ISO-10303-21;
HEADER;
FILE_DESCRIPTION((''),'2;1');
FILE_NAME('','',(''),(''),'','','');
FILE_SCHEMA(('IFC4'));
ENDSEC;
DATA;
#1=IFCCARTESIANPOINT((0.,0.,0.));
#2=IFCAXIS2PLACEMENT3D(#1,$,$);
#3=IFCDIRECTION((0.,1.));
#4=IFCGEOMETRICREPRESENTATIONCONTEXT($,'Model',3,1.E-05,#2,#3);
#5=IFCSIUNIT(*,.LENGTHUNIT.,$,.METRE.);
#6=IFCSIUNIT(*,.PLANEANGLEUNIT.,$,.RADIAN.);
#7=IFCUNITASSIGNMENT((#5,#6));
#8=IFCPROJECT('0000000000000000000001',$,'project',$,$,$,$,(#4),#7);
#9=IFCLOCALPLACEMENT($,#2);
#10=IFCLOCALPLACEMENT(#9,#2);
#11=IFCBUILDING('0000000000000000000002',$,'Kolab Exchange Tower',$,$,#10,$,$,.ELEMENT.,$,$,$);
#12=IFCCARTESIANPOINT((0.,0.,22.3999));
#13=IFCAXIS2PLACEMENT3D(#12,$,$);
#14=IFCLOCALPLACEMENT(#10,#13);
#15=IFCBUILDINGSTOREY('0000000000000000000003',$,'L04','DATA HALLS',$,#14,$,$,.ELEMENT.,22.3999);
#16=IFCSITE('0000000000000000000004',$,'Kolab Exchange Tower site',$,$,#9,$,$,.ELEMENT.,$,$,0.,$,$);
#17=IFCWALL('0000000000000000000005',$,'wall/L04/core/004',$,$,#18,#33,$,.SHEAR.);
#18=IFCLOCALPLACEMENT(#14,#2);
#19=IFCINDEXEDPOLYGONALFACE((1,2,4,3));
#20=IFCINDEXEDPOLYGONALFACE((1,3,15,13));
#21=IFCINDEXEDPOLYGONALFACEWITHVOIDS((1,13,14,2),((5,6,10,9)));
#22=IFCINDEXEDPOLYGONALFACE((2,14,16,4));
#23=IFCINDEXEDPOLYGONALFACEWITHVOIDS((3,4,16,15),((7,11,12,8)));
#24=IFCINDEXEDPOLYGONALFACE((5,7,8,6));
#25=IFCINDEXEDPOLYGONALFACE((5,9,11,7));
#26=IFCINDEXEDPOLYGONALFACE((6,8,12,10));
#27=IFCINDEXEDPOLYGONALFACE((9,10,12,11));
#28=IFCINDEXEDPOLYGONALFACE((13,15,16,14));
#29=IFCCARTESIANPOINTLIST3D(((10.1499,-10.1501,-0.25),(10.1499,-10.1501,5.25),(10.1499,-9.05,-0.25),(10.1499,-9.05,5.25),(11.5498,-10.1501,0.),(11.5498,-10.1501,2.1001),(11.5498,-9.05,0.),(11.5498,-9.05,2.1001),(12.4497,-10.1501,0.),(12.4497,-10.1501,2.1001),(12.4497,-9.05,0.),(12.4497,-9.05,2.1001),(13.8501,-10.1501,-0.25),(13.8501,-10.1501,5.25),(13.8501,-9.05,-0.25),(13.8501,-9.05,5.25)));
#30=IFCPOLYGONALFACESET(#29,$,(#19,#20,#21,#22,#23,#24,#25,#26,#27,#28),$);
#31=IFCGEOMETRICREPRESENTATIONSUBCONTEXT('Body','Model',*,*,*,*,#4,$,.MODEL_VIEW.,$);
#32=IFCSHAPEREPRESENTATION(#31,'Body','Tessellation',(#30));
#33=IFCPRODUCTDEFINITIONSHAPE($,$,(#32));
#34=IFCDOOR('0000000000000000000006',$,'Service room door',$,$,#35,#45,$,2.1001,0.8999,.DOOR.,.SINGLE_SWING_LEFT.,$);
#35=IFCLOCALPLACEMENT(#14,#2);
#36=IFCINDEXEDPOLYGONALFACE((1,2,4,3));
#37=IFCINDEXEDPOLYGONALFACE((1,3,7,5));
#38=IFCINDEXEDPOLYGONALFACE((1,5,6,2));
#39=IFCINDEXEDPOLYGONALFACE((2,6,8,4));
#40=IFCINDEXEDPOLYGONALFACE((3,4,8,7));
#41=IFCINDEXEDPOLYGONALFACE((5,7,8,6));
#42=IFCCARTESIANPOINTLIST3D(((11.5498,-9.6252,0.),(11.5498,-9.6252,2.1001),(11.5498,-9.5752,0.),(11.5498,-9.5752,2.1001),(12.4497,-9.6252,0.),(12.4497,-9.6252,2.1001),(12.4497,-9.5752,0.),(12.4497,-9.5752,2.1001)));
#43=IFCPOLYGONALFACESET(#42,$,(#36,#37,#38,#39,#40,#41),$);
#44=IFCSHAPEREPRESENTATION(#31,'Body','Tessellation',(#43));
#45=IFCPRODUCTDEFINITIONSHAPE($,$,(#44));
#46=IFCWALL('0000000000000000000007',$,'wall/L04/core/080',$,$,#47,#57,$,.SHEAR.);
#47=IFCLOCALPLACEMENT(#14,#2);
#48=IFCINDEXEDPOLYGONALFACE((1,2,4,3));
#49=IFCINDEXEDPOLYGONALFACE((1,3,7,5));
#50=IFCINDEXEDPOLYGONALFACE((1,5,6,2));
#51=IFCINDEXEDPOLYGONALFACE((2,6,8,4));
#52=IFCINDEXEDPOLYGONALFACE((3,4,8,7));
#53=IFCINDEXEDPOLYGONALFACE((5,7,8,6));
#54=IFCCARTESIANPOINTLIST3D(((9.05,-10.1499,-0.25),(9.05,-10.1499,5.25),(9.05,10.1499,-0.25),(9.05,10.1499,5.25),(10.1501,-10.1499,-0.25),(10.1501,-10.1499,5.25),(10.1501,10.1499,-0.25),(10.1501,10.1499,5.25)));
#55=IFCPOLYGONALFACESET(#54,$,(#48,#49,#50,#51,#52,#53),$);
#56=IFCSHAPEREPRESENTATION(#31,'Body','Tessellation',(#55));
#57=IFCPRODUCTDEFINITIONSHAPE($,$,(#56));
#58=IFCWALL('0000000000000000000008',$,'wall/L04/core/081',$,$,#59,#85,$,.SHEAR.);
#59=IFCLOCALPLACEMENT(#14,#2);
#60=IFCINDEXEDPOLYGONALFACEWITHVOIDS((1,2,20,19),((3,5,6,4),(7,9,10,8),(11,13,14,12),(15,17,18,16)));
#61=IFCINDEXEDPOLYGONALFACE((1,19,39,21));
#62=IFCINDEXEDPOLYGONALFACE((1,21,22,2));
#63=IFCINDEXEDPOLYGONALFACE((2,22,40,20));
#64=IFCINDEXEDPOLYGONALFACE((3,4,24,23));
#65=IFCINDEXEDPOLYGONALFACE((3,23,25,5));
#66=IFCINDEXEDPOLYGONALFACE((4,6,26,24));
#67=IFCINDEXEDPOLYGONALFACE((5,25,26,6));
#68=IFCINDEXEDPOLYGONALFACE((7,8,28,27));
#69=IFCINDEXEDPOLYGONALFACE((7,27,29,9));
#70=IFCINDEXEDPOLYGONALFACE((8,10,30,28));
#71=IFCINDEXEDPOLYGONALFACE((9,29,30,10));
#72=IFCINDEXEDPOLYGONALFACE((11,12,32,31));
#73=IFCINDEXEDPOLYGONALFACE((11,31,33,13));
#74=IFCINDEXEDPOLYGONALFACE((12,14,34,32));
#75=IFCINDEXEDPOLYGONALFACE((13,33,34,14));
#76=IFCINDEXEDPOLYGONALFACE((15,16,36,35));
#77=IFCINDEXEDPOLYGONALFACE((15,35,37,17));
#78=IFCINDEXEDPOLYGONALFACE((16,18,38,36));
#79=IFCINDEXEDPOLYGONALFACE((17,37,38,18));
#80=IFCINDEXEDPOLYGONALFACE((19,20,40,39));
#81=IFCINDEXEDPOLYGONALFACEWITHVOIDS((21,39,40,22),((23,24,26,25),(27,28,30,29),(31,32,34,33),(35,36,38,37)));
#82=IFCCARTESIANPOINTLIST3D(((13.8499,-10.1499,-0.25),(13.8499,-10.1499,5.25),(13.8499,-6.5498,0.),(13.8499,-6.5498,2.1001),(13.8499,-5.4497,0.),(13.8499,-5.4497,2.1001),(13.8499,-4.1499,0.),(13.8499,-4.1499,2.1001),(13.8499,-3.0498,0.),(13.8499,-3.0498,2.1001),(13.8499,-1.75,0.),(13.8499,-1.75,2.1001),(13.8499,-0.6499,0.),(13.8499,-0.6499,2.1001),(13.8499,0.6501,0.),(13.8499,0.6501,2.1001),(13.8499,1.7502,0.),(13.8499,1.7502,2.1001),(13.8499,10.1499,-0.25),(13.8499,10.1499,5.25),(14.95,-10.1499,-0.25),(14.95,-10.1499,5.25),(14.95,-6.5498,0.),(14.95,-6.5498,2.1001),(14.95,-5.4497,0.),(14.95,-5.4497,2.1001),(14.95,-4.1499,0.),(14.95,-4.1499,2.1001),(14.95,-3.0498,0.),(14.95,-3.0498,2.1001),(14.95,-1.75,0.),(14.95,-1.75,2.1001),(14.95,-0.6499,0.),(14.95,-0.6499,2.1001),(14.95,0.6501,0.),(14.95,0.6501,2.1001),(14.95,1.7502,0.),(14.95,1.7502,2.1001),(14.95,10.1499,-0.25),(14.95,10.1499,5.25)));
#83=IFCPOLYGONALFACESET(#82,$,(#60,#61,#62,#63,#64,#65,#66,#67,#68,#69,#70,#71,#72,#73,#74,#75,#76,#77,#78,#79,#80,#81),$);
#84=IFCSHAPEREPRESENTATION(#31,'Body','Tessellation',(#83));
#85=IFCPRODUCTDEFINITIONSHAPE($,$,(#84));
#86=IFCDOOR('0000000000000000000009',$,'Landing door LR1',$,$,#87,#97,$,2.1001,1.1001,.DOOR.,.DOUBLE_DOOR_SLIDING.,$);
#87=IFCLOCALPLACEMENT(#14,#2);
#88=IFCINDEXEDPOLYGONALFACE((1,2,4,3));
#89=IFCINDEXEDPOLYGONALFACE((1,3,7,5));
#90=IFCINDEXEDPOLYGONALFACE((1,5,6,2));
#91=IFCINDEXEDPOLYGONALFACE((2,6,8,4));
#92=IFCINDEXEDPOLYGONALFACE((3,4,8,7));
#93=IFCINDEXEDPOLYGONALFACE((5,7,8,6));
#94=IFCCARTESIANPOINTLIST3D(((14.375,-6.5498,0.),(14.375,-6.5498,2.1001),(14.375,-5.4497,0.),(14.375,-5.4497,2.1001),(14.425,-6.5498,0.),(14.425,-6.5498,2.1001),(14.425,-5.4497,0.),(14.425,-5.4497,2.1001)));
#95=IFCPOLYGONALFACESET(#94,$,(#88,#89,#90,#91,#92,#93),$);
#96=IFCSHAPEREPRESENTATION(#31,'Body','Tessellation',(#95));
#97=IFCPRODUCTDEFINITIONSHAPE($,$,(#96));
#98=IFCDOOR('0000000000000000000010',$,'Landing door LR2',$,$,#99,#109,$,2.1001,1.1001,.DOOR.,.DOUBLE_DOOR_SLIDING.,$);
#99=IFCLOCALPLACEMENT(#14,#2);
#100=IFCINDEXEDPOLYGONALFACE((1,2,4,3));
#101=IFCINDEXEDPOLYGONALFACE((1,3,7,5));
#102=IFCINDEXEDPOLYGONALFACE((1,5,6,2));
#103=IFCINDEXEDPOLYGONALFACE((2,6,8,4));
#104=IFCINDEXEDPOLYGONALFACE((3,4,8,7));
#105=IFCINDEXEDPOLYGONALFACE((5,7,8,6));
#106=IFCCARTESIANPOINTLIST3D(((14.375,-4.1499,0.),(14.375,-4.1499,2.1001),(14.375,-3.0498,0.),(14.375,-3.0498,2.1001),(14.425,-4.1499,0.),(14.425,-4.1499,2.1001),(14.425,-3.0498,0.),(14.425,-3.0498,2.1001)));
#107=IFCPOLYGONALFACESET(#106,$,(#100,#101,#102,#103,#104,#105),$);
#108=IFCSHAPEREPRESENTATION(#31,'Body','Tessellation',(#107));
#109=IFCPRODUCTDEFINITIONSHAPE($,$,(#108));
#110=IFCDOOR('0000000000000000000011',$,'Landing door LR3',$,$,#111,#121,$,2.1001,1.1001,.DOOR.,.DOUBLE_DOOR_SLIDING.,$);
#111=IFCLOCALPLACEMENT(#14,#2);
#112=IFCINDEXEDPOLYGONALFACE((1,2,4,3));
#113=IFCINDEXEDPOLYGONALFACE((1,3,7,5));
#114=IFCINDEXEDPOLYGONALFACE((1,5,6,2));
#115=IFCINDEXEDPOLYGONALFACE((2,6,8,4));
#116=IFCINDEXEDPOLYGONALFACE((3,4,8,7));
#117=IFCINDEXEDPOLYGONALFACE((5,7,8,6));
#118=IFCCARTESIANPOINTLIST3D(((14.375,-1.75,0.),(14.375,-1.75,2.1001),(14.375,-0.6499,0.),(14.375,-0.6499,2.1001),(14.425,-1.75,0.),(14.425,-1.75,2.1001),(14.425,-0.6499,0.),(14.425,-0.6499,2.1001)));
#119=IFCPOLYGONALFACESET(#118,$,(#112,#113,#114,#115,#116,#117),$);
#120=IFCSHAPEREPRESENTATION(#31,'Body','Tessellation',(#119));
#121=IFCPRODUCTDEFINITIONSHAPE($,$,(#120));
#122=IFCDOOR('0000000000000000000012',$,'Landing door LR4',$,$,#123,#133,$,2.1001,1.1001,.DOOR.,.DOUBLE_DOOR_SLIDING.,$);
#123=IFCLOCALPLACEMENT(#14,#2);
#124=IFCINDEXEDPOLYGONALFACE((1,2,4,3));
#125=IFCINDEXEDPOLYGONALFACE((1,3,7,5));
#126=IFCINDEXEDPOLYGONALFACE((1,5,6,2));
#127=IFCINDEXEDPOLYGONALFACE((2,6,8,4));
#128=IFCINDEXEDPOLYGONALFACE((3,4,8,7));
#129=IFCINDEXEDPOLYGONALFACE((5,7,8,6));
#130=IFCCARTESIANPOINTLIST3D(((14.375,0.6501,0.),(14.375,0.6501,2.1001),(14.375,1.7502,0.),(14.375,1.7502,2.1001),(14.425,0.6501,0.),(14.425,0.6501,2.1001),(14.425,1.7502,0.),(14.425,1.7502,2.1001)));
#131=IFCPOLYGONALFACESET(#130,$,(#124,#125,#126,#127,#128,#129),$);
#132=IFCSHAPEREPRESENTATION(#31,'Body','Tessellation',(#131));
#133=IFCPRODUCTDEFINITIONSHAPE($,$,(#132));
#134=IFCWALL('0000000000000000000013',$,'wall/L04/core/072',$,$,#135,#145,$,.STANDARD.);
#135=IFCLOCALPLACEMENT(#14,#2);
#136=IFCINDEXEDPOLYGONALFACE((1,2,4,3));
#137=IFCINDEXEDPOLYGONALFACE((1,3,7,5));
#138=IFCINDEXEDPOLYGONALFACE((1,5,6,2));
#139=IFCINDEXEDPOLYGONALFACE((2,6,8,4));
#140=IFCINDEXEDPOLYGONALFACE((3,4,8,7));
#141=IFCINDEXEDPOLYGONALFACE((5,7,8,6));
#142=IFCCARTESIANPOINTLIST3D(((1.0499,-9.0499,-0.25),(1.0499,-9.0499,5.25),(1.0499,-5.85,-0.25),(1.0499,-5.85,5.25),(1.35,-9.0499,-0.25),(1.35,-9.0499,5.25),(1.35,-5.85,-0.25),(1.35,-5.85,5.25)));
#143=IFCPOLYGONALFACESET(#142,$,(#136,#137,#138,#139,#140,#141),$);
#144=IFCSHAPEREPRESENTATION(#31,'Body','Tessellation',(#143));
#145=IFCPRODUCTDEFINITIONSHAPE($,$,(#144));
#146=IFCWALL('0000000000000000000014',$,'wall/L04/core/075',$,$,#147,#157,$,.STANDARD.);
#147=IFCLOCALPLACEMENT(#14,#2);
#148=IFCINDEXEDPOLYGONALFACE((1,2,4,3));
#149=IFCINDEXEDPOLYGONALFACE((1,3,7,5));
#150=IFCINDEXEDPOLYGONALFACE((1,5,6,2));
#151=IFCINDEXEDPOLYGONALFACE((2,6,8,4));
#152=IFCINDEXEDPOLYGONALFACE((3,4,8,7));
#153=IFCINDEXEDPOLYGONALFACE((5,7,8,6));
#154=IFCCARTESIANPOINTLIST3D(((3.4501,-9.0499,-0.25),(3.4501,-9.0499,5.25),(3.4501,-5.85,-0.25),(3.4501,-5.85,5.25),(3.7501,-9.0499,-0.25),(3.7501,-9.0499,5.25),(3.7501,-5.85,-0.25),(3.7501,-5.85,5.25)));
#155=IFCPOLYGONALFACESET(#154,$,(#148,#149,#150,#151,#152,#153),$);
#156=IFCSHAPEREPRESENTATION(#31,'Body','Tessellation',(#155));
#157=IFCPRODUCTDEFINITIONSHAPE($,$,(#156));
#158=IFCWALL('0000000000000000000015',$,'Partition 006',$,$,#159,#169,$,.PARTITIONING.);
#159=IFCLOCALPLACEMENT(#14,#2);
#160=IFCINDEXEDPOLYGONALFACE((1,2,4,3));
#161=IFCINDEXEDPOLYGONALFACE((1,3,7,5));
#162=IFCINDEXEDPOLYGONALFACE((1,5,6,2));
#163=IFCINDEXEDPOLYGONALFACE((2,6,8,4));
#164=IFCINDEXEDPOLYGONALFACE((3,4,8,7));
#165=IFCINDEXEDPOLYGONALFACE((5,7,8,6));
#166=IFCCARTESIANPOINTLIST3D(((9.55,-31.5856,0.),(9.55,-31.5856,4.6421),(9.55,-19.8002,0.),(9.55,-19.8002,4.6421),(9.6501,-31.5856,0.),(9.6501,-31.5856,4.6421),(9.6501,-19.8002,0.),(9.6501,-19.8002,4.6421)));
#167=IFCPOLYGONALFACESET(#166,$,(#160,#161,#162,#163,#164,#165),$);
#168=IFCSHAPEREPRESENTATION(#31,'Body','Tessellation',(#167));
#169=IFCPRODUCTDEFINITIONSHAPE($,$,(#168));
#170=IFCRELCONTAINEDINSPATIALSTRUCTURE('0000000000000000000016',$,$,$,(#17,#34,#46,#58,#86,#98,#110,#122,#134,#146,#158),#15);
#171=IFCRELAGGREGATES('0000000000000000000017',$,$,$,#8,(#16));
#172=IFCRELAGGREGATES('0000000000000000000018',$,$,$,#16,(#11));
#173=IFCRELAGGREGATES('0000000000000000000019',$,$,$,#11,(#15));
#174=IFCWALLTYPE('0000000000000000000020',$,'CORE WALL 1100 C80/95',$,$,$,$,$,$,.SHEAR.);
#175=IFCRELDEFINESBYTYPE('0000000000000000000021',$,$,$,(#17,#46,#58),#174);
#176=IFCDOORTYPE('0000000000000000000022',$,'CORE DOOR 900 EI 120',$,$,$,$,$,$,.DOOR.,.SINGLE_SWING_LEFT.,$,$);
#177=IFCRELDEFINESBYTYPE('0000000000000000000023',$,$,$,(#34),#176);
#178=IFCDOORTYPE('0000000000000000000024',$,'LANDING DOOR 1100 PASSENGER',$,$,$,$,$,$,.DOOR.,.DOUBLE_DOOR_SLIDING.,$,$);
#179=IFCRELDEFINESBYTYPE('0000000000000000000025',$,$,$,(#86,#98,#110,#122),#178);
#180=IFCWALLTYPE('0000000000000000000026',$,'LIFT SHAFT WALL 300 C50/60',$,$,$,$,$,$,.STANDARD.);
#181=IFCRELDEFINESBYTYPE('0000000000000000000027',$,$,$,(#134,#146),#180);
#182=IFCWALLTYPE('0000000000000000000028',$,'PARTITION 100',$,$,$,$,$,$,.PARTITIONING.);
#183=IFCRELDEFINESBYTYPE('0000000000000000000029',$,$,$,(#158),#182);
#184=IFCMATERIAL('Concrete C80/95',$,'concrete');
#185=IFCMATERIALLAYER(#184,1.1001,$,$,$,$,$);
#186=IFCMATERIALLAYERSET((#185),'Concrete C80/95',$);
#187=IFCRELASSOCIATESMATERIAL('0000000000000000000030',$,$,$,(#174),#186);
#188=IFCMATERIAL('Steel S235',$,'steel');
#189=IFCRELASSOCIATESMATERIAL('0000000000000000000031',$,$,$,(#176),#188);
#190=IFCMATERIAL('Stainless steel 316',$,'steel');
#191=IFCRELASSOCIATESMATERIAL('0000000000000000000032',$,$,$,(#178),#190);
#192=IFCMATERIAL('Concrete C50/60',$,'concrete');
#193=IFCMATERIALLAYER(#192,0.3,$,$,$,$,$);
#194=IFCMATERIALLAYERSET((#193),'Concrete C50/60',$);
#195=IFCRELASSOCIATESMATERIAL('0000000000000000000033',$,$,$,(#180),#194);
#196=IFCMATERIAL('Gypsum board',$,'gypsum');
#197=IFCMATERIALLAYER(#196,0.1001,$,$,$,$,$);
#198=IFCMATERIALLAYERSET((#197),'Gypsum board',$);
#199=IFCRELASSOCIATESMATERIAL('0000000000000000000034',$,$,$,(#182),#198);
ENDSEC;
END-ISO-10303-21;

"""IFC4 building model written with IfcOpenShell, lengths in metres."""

from ifc_helpers import new_model, si_unit, direction, frame, frame_2d, origin, place, context, subcontext, project, spatial, rectangle, extrude, material, layer, layer_set, type_object, element, fill, save


model = new_model("IFC4")

# Units and contexts
model_context = context("Model", 3, precision=1e-05, world=origin(), true_north=direction((0.0, 1.0)))
body_context = subcontext(model_context, "Body", "Model", "MODEL_VIEW")
ifc_project = project(units=[si_unit("LENGTHUNIT", "METRE"), si_unit("PLANEANGLEUNIT", "RADIAN")], contexts=[model_context])

# Site, building, storey
site_placement = place(None, origin())
site = spatial("IfcSite", under=ifc_project, at=site_placement, Name="Kolab Exchange Tower site", CompositionType="ELEMENT", RefElevation=0.0)
building_placement = place(site_placement, origin())
building = spatial("IfcBuilding", under=site, at=building_placement, Name="Kolab Exchange Tower", CompositionType="ELEMENT")
storey_placement = place(building_placement, frame((0.0, 0.0, 22.3999)))
storey = spatial("IfcBuildingStorey", under=building, at=storey_placement, Name="L04", Description="DATA HALLS", CompositionType="ELEMENT", Elevation=22.3999)

# Shared definitions
ifc_material_1 = material(Name="Concrete C80/95", Category="concrete")

# Wall, opening, door
ifc_layer_1 = layer(ifc_material_1, 1.1001)
ifc_layer_set_1 = layer_set([ifc_layer_1], Name="Concrete C80/95")
wall_type_1 = type_object("IfcWallType", Name="CORE WALL 1100 C80/95", PredefinedType="SHEAR", material=ifc_layer_set_1)
wall_1_placement = place(storey_placement, frame((10.1499, -9.6001, -0.25), z_axis=(0.0, 0.0, 1.0), x_axis=(1.0, 0.0, 0.0)))
wall_1 = element("IfcWall", 1, at=wall_1_placement, inside=storey, type_object=wall_type_1, Name="wall/L04/core/004", PredefinedType="SHEAR", context=body_context, shape_type="SweptSolid", body=[
    extrude(rectangle(XDim=3.7002, YDim=1.1001, at=frame_2d((1.8501, 0.0))), origin(), (0.0, 0.0, 1.0), 5.5),
])
opening_1_placement = place(wall_1_placement, frame((1.3999, 0.0, 0.25)))
opening_1 = element("IfcOpeningElement", 2, at=opening_1_placement, cuts=wall_1, PredefinedType="OPENING", context=body_context, shape_type="SweptSolid", body=[
    extrude(rectangle(XDim=0.8999, YDim=2.1001, at=frame_2d((0.45, 1.05))), frame((0.0, 0.5601, 0.0), z_axis=(0.0, -1.0, 0.0), x_axis=(1.0, 0.0, 0.0)), (0.0, 0.0, 1.0), 1.1201),
])
ifc_material_2 = material(Name="Steel S235", Category="steel")
door_type_1 = type_object("IfcDoorType", Name="CORE DOOR 900 EI 120", OperationType="SINGLE_SWING_LEFT", PredefinedType="DOOR", material=ifc_material_2)
door_1_placement = place(opening_1_placement, origin())
door_1 = element("IfcDoor", 3, at=door_1_placement, inside=storey, type_object=door_type_1, Name="Service room door", OperationType="SINGLE_SWING_LEFT", OverallHeight=2.1001, OverallWidth=0.8999, PredefinedType="DOOR", context=body_context, shape_type="SweptSolid", body=[
    extrude(rectangle(XDim=0.8999, YDim=2.1001, at=frame_2d((0.45, 1.05))), frame((0.0, 0.0249, 0.0), z_axis=(0.0, -1.0, 0.0), x_axis=(1.0, 0.0, 0.0)), (0.0, 0.0, 1.0), 0.05),
])
fill(opening_1, door_1)

# Wall
wall_2_placement = place(storey_placement, frame((9.6001, -10.1499, -0.25), z_axis=(0.0, 0.0, 1.0), x_axis=(0.0, 1.0, 0.0)))
element("IfcWall", 4, at=wall_2_placement, inside=storey, type_object=wall_type_1, Name="wall/L04/core/080", PredefinedType="SHEAR", context=body_context, shape_type="SweptSolid", body=[
    extrude(rectangle(XDim=20.2998, YDim=1.1001, at=frame_2d((10.1499, 0.0))), origin(), (0.0, 0.0, 1.0), 5.5),
])

# Wall, openings, doors
wall_3_placement = place(storey_placement, frame((14.3999, -10.1499, -0.25), z_axis=(0.0, 0.0, 1.0), x_axis=(0.0, 1.0, 0.0)))
wall_3 = element("IfcWall", 5, at=wall_3_placement, inside=storey, type_object=wall_type_1, Name="wall/L04/core/081", PredefinedType="SHEAR", context=body_context, shape_type="SweptSolid", body=[
    extrude(rectangle(XDim=20.2998, YDim=1.1001, at=frame_2d((10.1499, 0.0))), origin(), (0.0, 0.0, 1.0), 5.5),
])
opening_2_placement = place(wall_3_placement, frame((3.6001, 0.0, 0.25)))
opening_2 = element("IfcOpeningElement", 6, at=opening_2_placement, cuts=wall_3, PredefinedType="OPENING", context=body_context, shape_type="SweptSolid", body=[
    extrude(rectangle(XDim=1.1001, YDim=2.1001, at=frame_2d((0.55, 1.05))), frame((0.0, 0.5601, 0.0), z_axis=(0.0, -1.0, 0.0), x_axis=(1.0, 0.0, 0.0)), (0.0, 0.0, 1.0), 1.1201),
])
opening_3_placement = place(wall_3_placement, frame((6.0, 0.0, 0.25)))
opening_3 = element("IfcOpeningElement", 7, at=opening_3_placement, cuts=wall_3, PredefinedType="OPENING", context=body_context, shape_type="SweptSolid", body=[
    extrude(rectangle(XDim=1.1001, YDim=2.1001, at=frame_2d((0.55, 1.05))), frame((0.0, 0.5601, 0.0), z_axis=(0.0, -1.0, 0.0), x_axis=(1.0, 0.0, 0.0)), (0.0, 0.0, 1.0), 1.1201),
])
opening_4_placement = place(wall_3_placement, frame((8.3999, 0.0, 0.25)))
opening_4 = element("IfcOpeningElement", 8, at=opening_4_placement, cuts=wall_3, PredefinedType="OPENING", context=body_context, shape_type="SweptSolid", body=[
    extrude(rectangle(XDim=1.1001, YDim=2.1001, at=frame_2d((0.55, 1.05))), frame((0.0, 0.5601, 0.0), z_axis=(0.0, -1.0, 0.0), x_axis=(1.0, 0.0, 0.0)), (0.0, 0.0, 1.0), 1.1201),
])
opening_5_placement = place(wall_3_placement, frame((10.8, 0.0, 0.25)))
opening_5 = element("IfcOpeningElement", 9, at=opening_5_placement, cuts=wall_3, PredefinedType="OPENING", context=body_context, shape_type="SweptSolid", body=[
    extrude(rectangle(XDim=1.1001, YDim=2.1001, at=frame_2d((0.55, 1.05))), frame((0.0, 0.5601, 0.0), z_axis=(0.0, -1.0, 0.0), x_axis=(1.0, 0.0, 0.0)), (0.0, 0.0, 1.0), 1.1201),
])
ifc_material_3 = material(Name="Stainless steel 316", Category="steel")
door_type_2 = type_object("IfcDoorType", Name="LANDING DOOR 1100 PASSENGER", OperationType="DOUBLE_DOOR_SLIDING", PredefinedType="DOOR", material=ifc_material_3)
door_2_placement = place(opening_2_placement, origin())
door_2 = element("IfcDoor", 10, at=door_2_placement, inside=storey, type_object=door_type_2, Name="Landing door LR1", OperationType="DOUBLE_DOOR_SLIDING", OverallHeight=2.1001, OverallWidth=1.1001, PredefinedType="DOOR", context=body_context, shape_type="SweptSolid", body=[
    extrude(rectangle(XDim=1.1001, YDim=2.1001, at=frame_2d((0.55, 1.05))), frame((0.0, 0.0249, 0.0), z_axis=(0.0, -1.0, 0.0), x_axis=(1.0, 0.0, 0.0)), (0.0, 0.0, 1.0), 0.05),
])
fill(opening_2, door_2)
door_3_placement = place(opening_3_placement, origin())
door_3 = element("IfcDoor", 11, at=door_3_placement, inside=storey, type_object=door_type_2, Name="Landing door LR2", OperationType="DOUBLE_DOOR_SLIDING", OverallHeight=2.1001, OverallWidth=1.1001, PredefinedType="DOOR", context=body_context, shape_type="SweptSolid", body=[
    extrude(rectangle(XDim=1.1001, YDim=2.1001, at=frame_2d((0.55, 1.05))), frame((0.0, 0.0249, 0.0), z_axis=(0.0, -1.0, 0.0), x_axis=(1.0, 0.0, 0.0)), (0.0, 0.0, 1.0), 0.05),
])
fill(opening_3, door_3)
door_4_placement = place(opening_4_placement, origin())
door_4 = element("IfcDoor", 12, at=door_4_placement, inside=storey, type_object=door_type_2, Name="Landing door LR3", OperationType="DOUBLE_DOOR_SLIDING", OverallHeight=2.1001, OverallWidth=1.1001, PredefinedType="DOOR", context=body_context, shape_type="SweptSolid", body=[
    extrude(rectangle(XDim=1.1001, YDim=2.1001, at=frame_2d((0.55, 1.05))), frame((0.0, 0.0249, 0.0), z_axis=(0.0, -1.0, 0.0), x_axis=(1.0, 0.0, 0.0)), (0.0, 0.0, 1.0), 0.05),
])
fill(opening_4, door_4)
door_5_placement = place(opening_5_placement, origin())
door_5 = element("IfcDoor", 13, at=door_5_placement, inside=storey, type_object=door_type_2, Name="Landing door LR4", OperationType="DOUBLE_DOOR_SLIDING", OverallHeight=2.1001, OverallWidth=1.1001, PredefinedType="DOOR", context=body_context, shape_type="SweptSolid", body=[
    extrude(rectangle(XDim=1.1001, YDim=2.1001, at=frame_2d((0.55, 1.05))), frame((0.0, 0.0249, 0.0), z_axis=(0.0, -1.0, 0.0), x_axis=(1.0, 0.0, 0.0)), (0.0, 0.0, 1.0), 0.05),
])
fill(opening_5, door_5)

# Walls
ifc_material_4 = material(Name="Concrete C50/60", Category="concrete")
ifc_layer_2 = layer(ifc_material_4, 0.3)
ifc_layer_set_2 = layer_set([ifc_layer_2], Name="Concrete C50/60")
wall_type_2 = type_object("IfcWallType", Name="LIFT SHAFT WALL 300 C50/60", PredefinedType="STANDARD", material=ifc_layer_set_2)
for number, where, z_axis, x_axis, name in (
    (14, (1.2, -9.05, -0.25), (0.0, 0.0, 1.0), (0.0, 1.0, 0.0), "wall/L04/core/072"),
    (15, (3.6001, -9.05, -0.25), (0.0, 0.0, 1.0), (0.0, 1.0, 0.0), "wall/L04/core/075"),
):
    element("IfcWall", number, at=place(storey_placement, frame(where, z_axis=z_axis, x_axis=x_axis)), inside=storey, type_object=wall_type_2, Name=name, PredefinedType="STANDARD", context=body_context, shape_type="SweptSolid", body=[
        extrude(rectangle(XDim=3.2, YDim=0.3, at=frame_2d((1.6001, 0.0))), origin(), (0.0, 0.0, 1.0), 5.5),
    ])
ifc_material_5 = material(Name="Gypsum board", Category="gypsum")
ifc_layer_3 = layer(ifc_material_5, 0.1001)
ifc_layer_set_3 = layer_set([ifc_layer_3], Name="Gypsum board")
wall_type_3 = type_object("IfcWallType", Name="PARTITION 100", PredefinedType="PARTITIONING", material=ifc_layer_set_3)
wall_4_placement = place(storey_placement, frame((9.6001, -31.5854, 0.0), z_axis=(0.0, 0.0, 1.0), x_axis=(0.0, 1.0, 0.0)))
element("IfcWall", 16, at=wall_4_placement, inside=storey, type_object=wall_type_3, Name="Partition 006", PredefinedType="PARTITIONING", context=body_context, shape_type="SweptSolid", body=[
    extrude(rectangle(XDim=11.7854, YDim=0.1001, at=frame_2d((5.8926, 0.0))), origin(), (0.0, 0.0, 1.0), 4.6421),
])

save(model, "model.ifc")
